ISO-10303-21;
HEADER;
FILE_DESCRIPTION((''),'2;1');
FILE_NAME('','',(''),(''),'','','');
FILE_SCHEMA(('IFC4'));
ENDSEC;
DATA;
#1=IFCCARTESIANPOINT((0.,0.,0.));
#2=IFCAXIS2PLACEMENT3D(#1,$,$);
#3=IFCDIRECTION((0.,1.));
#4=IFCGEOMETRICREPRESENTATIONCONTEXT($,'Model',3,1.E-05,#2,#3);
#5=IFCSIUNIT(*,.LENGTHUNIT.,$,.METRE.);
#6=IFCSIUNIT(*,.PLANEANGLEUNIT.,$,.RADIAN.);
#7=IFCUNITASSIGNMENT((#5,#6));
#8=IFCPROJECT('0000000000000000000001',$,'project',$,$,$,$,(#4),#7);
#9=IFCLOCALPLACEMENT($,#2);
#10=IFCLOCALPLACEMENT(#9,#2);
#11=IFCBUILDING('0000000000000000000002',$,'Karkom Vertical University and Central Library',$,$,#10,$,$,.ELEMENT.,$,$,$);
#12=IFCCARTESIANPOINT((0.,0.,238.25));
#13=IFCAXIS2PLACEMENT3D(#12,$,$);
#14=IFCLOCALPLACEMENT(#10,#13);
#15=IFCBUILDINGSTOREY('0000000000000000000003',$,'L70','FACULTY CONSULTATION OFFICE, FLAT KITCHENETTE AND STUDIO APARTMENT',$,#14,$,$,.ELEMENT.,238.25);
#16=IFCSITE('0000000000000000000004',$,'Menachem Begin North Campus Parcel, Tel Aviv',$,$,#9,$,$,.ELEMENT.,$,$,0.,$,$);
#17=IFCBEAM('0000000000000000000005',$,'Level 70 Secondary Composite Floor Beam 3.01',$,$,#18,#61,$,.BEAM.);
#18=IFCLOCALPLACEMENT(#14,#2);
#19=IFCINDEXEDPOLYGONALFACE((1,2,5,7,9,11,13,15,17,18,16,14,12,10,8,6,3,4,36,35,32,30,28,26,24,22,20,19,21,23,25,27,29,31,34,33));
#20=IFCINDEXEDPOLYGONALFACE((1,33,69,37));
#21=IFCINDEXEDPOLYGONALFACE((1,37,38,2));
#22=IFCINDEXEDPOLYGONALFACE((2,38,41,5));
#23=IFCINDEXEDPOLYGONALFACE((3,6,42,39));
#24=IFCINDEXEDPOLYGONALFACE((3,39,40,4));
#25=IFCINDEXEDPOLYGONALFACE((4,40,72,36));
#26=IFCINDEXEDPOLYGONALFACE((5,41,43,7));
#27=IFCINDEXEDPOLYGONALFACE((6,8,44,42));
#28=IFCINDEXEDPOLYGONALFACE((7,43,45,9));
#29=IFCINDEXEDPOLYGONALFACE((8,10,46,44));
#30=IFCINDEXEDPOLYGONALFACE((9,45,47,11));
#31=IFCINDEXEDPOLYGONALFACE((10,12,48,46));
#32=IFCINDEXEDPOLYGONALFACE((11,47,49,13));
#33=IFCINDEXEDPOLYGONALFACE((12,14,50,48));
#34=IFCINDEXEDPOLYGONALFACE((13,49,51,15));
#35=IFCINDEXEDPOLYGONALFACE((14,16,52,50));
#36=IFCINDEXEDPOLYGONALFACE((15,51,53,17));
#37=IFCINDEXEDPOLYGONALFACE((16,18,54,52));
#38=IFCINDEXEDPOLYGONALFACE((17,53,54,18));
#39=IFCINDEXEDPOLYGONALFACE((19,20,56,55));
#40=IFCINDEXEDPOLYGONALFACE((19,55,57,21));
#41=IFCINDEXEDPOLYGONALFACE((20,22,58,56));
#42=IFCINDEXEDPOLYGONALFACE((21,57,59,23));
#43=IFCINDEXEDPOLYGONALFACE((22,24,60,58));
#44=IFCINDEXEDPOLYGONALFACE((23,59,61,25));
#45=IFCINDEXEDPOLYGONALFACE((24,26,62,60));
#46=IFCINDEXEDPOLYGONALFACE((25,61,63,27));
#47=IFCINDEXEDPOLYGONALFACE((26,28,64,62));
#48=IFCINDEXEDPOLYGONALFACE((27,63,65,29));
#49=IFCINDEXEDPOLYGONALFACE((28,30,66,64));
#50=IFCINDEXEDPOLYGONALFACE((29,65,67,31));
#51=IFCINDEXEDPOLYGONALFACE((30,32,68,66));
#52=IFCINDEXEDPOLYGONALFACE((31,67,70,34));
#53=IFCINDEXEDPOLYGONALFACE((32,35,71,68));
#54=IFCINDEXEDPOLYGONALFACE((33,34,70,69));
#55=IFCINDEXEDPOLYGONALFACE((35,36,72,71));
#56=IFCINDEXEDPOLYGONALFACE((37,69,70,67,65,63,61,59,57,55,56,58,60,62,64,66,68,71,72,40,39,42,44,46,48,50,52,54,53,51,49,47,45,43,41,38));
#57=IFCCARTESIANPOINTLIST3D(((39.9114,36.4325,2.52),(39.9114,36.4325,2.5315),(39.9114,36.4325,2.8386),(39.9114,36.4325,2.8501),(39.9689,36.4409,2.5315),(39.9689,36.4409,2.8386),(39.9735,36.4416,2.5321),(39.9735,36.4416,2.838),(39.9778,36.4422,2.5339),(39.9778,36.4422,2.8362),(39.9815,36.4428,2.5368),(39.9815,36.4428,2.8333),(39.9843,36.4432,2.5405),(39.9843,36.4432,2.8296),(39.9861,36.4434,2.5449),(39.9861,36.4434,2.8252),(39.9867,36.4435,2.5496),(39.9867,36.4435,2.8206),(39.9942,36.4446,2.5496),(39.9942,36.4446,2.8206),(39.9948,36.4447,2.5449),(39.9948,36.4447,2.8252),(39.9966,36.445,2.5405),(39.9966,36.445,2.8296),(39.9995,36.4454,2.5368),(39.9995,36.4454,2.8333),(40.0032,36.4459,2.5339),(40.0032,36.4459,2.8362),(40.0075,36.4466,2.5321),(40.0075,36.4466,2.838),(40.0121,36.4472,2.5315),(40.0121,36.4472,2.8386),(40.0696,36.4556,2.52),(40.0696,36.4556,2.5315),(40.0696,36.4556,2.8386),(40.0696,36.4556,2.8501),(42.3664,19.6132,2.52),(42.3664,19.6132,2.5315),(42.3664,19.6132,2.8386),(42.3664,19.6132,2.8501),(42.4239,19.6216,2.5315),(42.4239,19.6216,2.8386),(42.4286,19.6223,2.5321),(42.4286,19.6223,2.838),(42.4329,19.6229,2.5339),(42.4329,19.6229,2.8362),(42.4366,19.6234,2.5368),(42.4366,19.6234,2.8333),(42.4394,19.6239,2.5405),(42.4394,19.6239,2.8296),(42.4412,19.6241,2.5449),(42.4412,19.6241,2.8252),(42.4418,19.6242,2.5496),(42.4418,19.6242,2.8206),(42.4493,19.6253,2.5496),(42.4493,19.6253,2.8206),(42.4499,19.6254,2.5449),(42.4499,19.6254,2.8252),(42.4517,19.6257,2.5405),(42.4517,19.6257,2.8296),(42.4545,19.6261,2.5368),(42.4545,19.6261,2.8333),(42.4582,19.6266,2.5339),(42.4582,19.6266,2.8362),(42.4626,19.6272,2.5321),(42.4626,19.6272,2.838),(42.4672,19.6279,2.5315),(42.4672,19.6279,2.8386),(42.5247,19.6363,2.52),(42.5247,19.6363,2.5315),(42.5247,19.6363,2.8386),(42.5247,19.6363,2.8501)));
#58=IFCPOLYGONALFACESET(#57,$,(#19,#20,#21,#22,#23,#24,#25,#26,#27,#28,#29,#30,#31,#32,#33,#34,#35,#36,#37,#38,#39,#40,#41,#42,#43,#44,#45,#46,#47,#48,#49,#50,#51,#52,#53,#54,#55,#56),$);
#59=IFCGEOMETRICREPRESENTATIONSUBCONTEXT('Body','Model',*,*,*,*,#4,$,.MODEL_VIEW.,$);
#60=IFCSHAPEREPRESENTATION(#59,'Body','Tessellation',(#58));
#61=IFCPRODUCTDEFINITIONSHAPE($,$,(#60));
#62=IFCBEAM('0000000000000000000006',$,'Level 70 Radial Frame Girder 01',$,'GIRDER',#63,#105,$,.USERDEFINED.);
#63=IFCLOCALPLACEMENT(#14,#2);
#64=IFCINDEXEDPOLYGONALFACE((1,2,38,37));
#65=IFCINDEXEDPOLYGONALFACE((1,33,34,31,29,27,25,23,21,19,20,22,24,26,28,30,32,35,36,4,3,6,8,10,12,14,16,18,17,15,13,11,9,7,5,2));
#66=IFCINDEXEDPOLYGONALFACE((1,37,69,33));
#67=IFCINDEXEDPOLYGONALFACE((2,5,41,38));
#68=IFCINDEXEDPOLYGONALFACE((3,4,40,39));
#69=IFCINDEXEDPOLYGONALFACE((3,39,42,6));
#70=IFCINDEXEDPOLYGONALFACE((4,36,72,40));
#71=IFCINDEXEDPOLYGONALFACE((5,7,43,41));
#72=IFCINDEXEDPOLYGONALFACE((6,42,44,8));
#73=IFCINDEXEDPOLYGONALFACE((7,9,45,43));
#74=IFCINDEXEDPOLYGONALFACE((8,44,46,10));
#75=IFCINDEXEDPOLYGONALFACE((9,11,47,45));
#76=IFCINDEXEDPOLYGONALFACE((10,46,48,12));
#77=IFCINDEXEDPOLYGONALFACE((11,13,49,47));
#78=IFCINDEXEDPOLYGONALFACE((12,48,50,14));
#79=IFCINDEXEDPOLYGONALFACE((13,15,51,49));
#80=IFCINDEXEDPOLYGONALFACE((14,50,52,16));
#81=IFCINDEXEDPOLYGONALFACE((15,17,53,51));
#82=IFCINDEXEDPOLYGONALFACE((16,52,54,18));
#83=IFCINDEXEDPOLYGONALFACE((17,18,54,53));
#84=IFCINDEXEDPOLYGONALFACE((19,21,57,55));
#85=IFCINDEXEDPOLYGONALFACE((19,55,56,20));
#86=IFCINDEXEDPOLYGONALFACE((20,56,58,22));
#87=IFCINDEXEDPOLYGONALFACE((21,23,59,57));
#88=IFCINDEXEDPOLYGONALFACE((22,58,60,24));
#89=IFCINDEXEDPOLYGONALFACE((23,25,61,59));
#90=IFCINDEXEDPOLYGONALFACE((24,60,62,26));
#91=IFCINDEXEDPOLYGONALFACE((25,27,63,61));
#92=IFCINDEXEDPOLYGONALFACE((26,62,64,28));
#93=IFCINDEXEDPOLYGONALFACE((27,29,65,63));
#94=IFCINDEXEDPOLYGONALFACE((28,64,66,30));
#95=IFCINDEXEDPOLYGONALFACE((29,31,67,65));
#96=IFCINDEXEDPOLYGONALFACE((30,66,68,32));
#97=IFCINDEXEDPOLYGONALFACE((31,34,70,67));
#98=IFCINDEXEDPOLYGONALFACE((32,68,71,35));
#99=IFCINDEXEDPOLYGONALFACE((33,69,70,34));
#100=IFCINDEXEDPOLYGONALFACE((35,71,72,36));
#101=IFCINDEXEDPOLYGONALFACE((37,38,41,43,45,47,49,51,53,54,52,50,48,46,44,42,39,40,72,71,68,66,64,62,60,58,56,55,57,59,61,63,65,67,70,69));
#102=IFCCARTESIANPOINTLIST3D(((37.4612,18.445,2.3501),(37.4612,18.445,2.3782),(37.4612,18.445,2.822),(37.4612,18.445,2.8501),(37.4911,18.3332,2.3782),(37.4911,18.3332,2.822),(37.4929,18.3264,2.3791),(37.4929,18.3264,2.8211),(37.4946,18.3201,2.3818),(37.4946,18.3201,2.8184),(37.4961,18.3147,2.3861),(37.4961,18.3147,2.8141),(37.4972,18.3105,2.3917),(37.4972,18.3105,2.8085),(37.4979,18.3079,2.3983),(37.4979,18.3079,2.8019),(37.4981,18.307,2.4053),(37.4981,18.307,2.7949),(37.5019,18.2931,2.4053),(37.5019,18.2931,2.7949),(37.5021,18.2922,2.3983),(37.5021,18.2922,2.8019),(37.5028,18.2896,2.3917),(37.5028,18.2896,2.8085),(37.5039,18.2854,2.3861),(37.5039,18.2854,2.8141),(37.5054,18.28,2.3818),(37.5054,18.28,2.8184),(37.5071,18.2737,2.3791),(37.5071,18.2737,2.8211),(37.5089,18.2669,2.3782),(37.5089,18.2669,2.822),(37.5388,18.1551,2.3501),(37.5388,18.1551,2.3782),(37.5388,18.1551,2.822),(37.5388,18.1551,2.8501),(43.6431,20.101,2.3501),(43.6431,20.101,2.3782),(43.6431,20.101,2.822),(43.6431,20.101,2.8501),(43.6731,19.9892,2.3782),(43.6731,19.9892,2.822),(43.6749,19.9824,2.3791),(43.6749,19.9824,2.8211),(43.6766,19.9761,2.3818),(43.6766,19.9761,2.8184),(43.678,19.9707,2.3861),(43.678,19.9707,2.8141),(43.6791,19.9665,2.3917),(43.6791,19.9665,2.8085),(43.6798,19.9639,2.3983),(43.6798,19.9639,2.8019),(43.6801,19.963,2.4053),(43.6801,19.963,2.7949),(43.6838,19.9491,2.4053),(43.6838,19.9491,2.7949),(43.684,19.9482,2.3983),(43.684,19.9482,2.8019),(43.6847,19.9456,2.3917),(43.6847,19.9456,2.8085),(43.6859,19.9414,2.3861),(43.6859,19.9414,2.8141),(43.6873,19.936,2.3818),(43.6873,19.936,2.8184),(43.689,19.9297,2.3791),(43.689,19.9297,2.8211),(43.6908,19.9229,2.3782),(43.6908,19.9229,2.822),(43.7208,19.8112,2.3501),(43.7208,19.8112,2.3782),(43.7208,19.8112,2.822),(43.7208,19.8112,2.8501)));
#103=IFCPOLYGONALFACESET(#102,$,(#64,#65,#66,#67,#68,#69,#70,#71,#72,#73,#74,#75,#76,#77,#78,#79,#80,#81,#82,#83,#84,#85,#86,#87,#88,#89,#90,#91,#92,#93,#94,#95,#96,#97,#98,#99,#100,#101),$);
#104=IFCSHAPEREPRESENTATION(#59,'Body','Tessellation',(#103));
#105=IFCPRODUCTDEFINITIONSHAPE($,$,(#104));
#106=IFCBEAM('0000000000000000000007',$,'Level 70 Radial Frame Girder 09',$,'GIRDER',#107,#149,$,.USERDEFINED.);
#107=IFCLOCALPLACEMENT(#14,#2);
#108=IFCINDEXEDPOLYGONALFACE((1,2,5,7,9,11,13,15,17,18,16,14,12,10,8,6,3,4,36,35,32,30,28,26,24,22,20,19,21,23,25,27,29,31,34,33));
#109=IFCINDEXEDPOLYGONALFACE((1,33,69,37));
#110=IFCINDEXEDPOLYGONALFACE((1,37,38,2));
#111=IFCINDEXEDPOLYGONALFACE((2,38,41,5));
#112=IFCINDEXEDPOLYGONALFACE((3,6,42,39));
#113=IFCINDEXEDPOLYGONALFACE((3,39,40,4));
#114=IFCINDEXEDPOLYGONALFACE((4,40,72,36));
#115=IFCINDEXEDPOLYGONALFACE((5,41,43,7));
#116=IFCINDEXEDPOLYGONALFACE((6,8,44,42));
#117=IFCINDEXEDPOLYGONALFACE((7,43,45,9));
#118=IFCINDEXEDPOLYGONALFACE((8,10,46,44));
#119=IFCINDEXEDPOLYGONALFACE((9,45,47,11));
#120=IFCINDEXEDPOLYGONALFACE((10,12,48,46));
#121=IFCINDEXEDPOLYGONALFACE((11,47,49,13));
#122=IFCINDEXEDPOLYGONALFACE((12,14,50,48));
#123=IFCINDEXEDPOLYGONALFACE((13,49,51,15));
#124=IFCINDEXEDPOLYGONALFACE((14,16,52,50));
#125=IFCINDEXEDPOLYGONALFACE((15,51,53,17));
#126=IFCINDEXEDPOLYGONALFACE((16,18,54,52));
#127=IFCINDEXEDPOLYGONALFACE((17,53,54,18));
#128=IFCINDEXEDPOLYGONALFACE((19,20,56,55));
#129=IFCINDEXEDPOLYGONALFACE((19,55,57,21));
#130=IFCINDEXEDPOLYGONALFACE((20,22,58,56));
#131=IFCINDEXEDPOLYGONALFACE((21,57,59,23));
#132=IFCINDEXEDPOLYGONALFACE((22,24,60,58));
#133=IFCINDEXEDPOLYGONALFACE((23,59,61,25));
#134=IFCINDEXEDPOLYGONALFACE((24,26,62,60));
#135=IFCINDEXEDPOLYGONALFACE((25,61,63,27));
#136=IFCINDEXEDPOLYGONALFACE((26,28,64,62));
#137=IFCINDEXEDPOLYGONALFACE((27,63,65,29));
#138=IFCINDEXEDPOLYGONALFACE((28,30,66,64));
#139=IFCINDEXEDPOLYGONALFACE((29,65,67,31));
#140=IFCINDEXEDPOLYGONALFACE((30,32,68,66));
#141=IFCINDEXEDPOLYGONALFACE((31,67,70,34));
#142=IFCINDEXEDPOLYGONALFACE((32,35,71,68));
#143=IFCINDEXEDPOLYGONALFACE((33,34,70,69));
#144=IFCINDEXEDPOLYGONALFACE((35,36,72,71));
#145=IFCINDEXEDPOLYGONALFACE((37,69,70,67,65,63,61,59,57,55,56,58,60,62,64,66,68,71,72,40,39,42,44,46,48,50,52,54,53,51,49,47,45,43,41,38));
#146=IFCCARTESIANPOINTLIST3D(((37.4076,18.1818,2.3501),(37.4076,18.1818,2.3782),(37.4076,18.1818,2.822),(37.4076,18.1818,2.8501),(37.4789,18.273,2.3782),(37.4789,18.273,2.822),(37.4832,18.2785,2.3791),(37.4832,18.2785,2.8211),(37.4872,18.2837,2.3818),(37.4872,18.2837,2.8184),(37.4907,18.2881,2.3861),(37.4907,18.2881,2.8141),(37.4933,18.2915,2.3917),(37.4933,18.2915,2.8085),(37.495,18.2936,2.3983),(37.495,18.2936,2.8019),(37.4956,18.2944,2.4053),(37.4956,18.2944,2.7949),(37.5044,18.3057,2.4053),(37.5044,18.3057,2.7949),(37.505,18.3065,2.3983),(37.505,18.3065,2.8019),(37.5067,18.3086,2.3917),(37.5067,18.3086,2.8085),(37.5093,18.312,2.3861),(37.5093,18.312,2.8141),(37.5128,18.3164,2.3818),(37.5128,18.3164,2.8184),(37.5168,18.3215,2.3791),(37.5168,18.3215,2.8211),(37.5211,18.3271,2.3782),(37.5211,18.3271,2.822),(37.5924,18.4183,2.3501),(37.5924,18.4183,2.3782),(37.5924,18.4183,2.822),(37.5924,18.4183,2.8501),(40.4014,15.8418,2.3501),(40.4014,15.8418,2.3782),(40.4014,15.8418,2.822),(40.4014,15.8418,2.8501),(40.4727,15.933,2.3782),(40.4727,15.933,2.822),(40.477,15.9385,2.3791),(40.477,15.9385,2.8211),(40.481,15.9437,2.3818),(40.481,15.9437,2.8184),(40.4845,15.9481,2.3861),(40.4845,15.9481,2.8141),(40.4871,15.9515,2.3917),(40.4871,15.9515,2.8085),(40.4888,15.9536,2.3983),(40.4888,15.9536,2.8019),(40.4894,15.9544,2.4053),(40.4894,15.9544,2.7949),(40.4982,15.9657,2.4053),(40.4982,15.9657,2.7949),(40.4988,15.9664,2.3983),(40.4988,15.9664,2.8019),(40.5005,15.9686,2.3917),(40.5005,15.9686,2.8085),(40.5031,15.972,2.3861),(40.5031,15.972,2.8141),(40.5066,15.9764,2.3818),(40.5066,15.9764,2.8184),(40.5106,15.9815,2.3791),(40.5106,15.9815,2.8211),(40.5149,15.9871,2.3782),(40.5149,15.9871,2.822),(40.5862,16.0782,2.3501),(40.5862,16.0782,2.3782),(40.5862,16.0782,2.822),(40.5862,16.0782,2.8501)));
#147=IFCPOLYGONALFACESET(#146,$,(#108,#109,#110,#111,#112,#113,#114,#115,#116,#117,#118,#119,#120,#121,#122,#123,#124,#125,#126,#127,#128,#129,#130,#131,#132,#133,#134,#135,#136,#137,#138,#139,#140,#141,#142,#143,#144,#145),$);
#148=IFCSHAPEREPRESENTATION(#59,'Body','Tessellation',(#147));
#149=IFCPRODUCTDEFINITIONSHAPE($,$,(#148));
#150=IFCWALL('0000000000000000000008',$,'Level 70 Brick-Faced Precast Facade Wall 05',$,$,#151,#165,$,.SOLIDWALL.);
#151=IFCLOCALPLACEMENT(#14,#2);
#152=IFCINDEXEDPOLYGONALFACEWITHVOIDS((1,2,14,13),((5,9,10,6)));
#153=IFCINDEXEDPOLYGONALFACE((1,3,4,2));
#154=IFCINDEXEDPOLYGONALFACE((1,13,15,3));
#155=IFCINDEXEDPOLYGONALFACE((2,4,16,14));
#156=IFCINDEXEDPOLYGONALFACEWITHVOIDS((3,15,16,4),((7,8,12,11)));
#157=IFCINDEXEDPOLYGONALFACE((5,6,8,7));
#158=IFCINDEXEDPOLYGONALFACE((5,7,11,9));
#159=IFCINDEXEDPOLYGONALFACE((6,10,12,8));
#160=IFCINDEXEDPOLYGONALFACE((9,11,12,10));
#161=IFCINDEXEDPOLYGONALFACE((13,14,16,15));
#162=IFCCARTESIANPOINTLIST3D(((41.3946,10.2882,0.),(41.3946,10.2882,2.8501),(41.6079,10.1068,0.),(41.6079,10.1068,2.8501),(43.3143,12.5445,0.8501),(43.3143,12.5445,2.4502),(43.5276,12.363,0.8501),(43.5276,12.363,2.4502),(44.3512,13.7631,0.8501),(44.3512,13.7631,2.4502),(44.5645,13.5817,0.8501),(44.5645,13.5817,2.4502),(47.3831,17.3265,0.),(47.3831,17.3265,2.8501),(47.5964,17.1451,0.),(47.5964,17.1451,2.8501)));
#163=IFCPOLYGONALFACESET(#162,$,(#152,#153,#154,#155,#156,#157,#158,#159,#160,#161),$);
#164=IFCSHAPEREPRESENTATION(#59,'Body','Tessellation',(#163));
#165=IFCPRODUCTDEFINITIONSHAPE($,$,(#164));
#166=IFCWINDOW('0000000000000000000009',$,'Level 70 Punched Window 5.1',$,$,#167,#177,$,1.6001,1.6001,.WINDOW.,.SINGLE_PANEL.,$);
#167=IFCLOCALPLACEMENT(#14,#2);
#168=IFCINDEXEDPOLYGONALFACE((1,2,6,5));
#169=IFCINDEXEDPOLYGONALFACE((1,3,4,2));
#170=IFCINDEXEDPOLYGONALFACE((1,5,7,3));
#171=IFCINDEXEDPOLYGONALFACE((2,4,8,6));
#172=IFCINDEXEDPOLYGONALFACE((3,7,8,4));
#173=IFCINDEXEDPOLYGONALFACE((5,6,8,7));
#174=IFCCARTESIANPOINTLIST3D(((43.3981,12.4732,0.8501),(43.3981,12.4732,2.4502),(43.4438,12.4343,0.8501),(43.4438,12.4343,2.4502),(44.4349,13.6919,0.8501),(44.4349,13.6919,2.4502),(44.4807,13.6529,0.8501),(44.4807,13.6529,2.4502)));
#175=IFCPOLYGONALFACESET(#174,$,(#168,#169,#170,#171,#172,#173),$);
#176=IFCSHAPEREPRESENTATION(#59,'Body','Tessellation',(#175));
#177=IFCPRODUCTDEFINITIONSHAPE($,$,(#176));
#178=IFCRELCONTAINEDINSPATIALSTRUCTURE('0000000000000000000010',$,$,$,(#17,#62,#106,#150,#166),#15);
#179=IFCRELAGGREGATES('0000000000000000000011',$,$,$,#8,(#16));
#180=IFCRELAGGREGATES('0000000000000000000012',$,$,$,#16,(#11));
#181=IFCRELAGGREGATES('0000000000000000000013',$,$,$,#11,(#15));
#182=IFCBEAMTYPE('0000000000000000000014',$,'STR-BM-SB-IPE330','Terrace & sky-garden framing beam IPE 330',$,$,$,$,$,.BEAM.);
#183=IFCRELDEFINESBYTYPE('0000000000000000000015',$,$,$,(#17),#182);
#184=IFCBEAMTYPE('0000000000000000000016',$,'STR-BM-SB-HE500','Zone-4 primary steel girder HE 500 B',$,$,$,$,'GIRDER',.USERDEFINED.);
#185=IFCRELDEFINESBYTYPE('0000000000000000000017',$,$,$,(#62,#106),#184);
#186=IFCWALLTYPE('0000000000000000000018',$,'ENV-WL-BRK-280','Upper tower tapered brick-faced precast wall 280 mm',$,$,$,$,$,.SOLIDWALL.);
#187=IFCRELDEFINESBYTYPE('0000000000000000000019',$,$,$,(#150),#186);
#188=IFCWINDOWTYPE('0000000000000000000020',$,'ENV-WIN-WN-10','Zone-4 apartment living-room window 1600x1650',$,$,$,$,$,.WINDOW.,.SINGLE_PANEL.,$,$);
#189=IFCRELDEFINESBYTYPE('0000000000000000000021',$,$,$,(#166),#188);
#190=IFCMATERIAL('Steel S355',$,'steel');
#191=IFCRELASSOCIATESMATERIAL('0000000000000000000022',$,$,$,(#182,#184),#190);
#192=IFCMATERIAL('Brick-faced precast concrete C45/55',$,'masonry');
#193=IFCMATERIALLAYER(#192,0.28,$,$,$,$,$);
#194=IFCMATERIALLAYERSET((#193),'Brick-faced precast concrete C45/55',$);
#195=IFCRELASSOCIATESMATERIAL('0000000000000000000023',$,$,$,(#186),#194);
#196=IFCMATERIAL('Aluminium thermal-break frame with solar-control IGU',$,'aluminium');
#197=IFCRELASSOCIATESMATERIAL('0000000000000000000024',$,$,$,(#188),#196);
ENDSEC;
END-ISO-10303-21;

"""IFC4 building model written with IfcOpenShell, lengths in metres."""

from ifc_helpers import new_model, si_unit, direction, frame, frame_2d, origin, origin_with_axes, origin_2d, place, context, subcontext, project, spatial, rectangle, i_section, extrude, source, transform, mapped, material, layer, layer_set, material_profile, profile_set, type_object, element, fill, save


model = new_model("IFC4")

# Units and contexts
model_context = context("Model", 3, precision=1e-05, world=origin(), true_north=direction((0.0, 1.0)))
body_context = subcontext(model_context, "Body", "Model", "MODEL_VIEW")
ifc_project = project(units=[si_unit("LENGTHUNIT", "METRE"), si_unit("PLANEANGLEUNIT", "RADIAN")], contexts=[model_context])

# Site, building, storey
site_placement = place(None, origin())
site = spatial("IfcSite", under=ifc_project, at=site_placement, Name="Menachem Begin North Campus Parcel, Tel Aviv", CompositionType="ELEMENT", RefElevation=0.0)
building_placement = place(site_placement, origin())
building = spatial("IfcBuilding", under=site, at=building_placement, Name="Karkom Vertical University and Central Library", CompositionType="ELEMENT")
storey_placement = place(building_placement, frame((0.0, 0.0, 238.25)))
storey = spatial("IfcBuildingStorey", under=building, at=storey_placement, Name="L70", Description="FACULTY CONSULTATION OFFICE, FLAT KITCHENETTE AND STUDIO APARTMENT", CompositionType="ELEMENT", Elevation=238.25)

# Beams
ifc_material_1 = material(Name="Steel S355", Category="steel")
ifc_material_profile_1 = material_profile(ifc_material_1, i_section(OverallWidth=0.1599, OverallDepth=0.3301, WebThickness=0.0076, FlangeThickness=0.0115, FilletRadius=0.0181, at=origin_2d()), Name="IPE 330")
ifc_profile_set_1 = profile_set([ifc_material_profile_1], Name="Steel S355")
beam_type_1 = type_object("IfcBeamType", Name="STR-BM-SB-IPE330", Description="Terrace & sky-garden framing beam IPE 330", PredefinedType="BEAM", material=ifc_profile_set_1)
shared_shape_1 = source(origin_with_axes(), body_context, "Body", "SweptSolid", [
    extrude(i_section(OverallWidth=0.1599, OverallDepth=0.3301, WebThickness=0.0076, FlangeThickness=0.0115, FilletRadius=0.0181, at=origin_2d()), origin(), (0.0, 0.0, 1.0), 16.9976),
])
beam_1_placement = place(storey_placement, frame((42.4456, 19.6248, 2.6851), z_axis=(-0.144437, 0.989514, 0.0), x_axis=(-0.989514, -0.144437, 0.0)))
element("IfcBeam", 1, at=beam_1_placement, inside=storey, type_object=beam_type_1, Name="Level 70 Secondary Composite Floor Beam 3.01", PredefinedType="BEAM", context=body_context, shape_type="MappedRepresentation", body=[
    mapped(shared_shape_1, transform((0.0, 0.0, 0.0), scale=1.0)),
])
ifc_material_profile_2 = material_profile(ifc_material_1, i_section(OverallWidth=0.3, OverallDepth=0.5, WebThickness=0.0144, FlangeThickness=0.0281, FilletRadius=0.0271, at=origin_2d()), Name="HE 500 B")
ifc_profile_set_2 = profile_set([ifc_material_profile_2], Name="Steel S355")
beam_type_2 = type_object("IfcBeamType", Name="STR-BM-SB-HE500", Description="Zone-4 primary steel girder HE 500 B", ElementType="GIRDER", PredefinedType="USERDEFINED", material=ifc_profile_set_2)
shared_shape_2 = source(origin_with_axes(), body_context, "Body", "SweptSolid", [
    extrude(i_section(OverallWidth=0.3, OverallDepth=0.5, WebThickness=0.0144, FlangeThickness=0.0281, FilletRadius=0.0271, at=origin_2d()), origin(), (0.0, 0.0, 1.0), 6.3999),
])
beam_2_placement = place(storey_placement, frame((37.5, 18.3, 2.6001), z_axis=(0.965942, 0.258757, 0.0), x_axis=(-0.258757, 0.965942, 0.0)))
element("IfcBeam", 2, at=beam_2_placement, inside=storey, type_object=beam_type_2, Name="Level 70 Radial Frame Girder 01", ObjectType="GIRDER", PredefinedType="USERDEFINED", context=body_context, shape_type="MappedRepresentation", body=[
    mapped(shared_shape_2, transform((0.0, 0.0, 0.0), scale=1.0)),
])
shared_shape_3 = source(origin_with_axes(), body_context, "Body", "SweptSolid", [
    extrude(i_section(OverallWidth=0.3, OverallDepth=0.5, WebThickness=0.0144, FlangeThickness=0.0281, FilletRadius=0.0271, at=origin_2d()), origin(), (0.0, 0.0, 1.0), 3.7998),
])
beam_3_placement = place(storey_placement, frame((37.5, 18.3, 2.6001), z_axis=(0.787883, -0.615825, 0.0), x_axis=(0.615825, 0.787883, 0.0)))
element("IfcBeam", 3, at=beam_3_placement, inside=storey, type_object=beam_type_2, Name="Level 70 Radial Frame Girder 09", ObjectType="GIRDER", PredefinedType="USERDEFINED", context=body_context, shape_type="MappedRepresentation", body=[
    mapped(shared_shape_3, transform((0.0, 0.0, 0.0), scale=1.0)),
])

# Wall, opening, window
ifc_material_2 = material(Name="Brick-faced precast concrete C45/55", Category="masonry")
ifc_layer_1 = layer(ifc_material_2, 0.28)
ifc_layer_set_1 = layer_set([ifc_layer_1], Name="Brick-faced precast concrete C45/55")
wall_type_1 = type_object("IfcWallType", Name="ENV-WL-BRK-280", Description="Upper tower tapered brick-faced precast wall 280 mm", PredefinedType="SOLIDWALL", material=ifc_layer_set_1)
wall_1_placement = place(storey_placement, frame((41.5012, 10.1975, 0.0), z_axis=(0.0, 0.0, 1.0), x_axis=(0.648022, 0.761622, 0.0)))
wall_1 = element("IfcWall", 4, at=wall_1_placement, inside=storey, type_object=wall_type_1, Name="Level 70 Brick-Faced Precast Facade Wall 05", PredefinedType="SOLIDWALL", context=body_context, shape_type="SweptSolid", body=[
    extrude(rectangle(XDim=9.2412, YDim=0.28, at=frame_2d((4.6206, 0.0))), origin(), (0.0, 0.0, 1.0), 2.8501),
])
opening_1_placement = place(wall_1_placement, frame((2.9624, 0.0, 0.8501)))
opening_1 = element("IfcOpeningElement", 5, at=opening_1_placement, cuts=wall_1, PredefinedType="OPENING", context=body_context, shape_type="SweptSolid", body=[
    extrude(rectangle(XDim=1.6001, YDim=1.6001, at=frame_2d((0.8, 0.8))), frame((0.0, 0.1499, 0.0), z_axis=(0.0, -1.0, 0.0), x_axis=(1.0, 0.0, 0.0)), (0.0, 0.0, 1.0), 0.3),
])
ifc_material_3 = material(Name="Aluminium thermal-break frame with solar-control IGU", Category="aluminium")
window_type = type_object("IfcWindowType", Name="ENV-WIN-WN-10", Description="Zone-4 apartment living-room window 1600x1650", PartitioningType="SINGLE_PANEL", PredefinedType="WINDOW", material=ifc_material_3)
shared_shape_4 = source(origin_with_axes(), body_context, "Body", "SweptSolid", [
    extrude(rectangle(XDim=1.6001, YDim=1.6001, at=frame_2d((0.8, 0.8))), frame((0.0, 0.03, 0.0), z_axis=(0.0, -1.0, 0.0), x_axis=(1.0, 0.0, 0.0)), (0.0, 0.0, 1.0), 0.0601),
])
window_1_placement = place(opening_1_placement, origin())
window_1 = element("IfcWindow", 6, at=window_1_placement, inside=storey, type_object=window_type, Name="Level 70 Punched Window 5.1", OverallHeight=1.6001, OverallWidth=1.6001, PartitioningType="SINGLE_PANEL", PredefinedType="WINDOW", context=body_context, shape_type="MappedRepresentation", body=[
    mapped(shared_shape_4, transform((0.0, 0.0, 0.0), scale=1.0)),
])
fill(opening_1, window_1)

save(model, "model.ifc")
